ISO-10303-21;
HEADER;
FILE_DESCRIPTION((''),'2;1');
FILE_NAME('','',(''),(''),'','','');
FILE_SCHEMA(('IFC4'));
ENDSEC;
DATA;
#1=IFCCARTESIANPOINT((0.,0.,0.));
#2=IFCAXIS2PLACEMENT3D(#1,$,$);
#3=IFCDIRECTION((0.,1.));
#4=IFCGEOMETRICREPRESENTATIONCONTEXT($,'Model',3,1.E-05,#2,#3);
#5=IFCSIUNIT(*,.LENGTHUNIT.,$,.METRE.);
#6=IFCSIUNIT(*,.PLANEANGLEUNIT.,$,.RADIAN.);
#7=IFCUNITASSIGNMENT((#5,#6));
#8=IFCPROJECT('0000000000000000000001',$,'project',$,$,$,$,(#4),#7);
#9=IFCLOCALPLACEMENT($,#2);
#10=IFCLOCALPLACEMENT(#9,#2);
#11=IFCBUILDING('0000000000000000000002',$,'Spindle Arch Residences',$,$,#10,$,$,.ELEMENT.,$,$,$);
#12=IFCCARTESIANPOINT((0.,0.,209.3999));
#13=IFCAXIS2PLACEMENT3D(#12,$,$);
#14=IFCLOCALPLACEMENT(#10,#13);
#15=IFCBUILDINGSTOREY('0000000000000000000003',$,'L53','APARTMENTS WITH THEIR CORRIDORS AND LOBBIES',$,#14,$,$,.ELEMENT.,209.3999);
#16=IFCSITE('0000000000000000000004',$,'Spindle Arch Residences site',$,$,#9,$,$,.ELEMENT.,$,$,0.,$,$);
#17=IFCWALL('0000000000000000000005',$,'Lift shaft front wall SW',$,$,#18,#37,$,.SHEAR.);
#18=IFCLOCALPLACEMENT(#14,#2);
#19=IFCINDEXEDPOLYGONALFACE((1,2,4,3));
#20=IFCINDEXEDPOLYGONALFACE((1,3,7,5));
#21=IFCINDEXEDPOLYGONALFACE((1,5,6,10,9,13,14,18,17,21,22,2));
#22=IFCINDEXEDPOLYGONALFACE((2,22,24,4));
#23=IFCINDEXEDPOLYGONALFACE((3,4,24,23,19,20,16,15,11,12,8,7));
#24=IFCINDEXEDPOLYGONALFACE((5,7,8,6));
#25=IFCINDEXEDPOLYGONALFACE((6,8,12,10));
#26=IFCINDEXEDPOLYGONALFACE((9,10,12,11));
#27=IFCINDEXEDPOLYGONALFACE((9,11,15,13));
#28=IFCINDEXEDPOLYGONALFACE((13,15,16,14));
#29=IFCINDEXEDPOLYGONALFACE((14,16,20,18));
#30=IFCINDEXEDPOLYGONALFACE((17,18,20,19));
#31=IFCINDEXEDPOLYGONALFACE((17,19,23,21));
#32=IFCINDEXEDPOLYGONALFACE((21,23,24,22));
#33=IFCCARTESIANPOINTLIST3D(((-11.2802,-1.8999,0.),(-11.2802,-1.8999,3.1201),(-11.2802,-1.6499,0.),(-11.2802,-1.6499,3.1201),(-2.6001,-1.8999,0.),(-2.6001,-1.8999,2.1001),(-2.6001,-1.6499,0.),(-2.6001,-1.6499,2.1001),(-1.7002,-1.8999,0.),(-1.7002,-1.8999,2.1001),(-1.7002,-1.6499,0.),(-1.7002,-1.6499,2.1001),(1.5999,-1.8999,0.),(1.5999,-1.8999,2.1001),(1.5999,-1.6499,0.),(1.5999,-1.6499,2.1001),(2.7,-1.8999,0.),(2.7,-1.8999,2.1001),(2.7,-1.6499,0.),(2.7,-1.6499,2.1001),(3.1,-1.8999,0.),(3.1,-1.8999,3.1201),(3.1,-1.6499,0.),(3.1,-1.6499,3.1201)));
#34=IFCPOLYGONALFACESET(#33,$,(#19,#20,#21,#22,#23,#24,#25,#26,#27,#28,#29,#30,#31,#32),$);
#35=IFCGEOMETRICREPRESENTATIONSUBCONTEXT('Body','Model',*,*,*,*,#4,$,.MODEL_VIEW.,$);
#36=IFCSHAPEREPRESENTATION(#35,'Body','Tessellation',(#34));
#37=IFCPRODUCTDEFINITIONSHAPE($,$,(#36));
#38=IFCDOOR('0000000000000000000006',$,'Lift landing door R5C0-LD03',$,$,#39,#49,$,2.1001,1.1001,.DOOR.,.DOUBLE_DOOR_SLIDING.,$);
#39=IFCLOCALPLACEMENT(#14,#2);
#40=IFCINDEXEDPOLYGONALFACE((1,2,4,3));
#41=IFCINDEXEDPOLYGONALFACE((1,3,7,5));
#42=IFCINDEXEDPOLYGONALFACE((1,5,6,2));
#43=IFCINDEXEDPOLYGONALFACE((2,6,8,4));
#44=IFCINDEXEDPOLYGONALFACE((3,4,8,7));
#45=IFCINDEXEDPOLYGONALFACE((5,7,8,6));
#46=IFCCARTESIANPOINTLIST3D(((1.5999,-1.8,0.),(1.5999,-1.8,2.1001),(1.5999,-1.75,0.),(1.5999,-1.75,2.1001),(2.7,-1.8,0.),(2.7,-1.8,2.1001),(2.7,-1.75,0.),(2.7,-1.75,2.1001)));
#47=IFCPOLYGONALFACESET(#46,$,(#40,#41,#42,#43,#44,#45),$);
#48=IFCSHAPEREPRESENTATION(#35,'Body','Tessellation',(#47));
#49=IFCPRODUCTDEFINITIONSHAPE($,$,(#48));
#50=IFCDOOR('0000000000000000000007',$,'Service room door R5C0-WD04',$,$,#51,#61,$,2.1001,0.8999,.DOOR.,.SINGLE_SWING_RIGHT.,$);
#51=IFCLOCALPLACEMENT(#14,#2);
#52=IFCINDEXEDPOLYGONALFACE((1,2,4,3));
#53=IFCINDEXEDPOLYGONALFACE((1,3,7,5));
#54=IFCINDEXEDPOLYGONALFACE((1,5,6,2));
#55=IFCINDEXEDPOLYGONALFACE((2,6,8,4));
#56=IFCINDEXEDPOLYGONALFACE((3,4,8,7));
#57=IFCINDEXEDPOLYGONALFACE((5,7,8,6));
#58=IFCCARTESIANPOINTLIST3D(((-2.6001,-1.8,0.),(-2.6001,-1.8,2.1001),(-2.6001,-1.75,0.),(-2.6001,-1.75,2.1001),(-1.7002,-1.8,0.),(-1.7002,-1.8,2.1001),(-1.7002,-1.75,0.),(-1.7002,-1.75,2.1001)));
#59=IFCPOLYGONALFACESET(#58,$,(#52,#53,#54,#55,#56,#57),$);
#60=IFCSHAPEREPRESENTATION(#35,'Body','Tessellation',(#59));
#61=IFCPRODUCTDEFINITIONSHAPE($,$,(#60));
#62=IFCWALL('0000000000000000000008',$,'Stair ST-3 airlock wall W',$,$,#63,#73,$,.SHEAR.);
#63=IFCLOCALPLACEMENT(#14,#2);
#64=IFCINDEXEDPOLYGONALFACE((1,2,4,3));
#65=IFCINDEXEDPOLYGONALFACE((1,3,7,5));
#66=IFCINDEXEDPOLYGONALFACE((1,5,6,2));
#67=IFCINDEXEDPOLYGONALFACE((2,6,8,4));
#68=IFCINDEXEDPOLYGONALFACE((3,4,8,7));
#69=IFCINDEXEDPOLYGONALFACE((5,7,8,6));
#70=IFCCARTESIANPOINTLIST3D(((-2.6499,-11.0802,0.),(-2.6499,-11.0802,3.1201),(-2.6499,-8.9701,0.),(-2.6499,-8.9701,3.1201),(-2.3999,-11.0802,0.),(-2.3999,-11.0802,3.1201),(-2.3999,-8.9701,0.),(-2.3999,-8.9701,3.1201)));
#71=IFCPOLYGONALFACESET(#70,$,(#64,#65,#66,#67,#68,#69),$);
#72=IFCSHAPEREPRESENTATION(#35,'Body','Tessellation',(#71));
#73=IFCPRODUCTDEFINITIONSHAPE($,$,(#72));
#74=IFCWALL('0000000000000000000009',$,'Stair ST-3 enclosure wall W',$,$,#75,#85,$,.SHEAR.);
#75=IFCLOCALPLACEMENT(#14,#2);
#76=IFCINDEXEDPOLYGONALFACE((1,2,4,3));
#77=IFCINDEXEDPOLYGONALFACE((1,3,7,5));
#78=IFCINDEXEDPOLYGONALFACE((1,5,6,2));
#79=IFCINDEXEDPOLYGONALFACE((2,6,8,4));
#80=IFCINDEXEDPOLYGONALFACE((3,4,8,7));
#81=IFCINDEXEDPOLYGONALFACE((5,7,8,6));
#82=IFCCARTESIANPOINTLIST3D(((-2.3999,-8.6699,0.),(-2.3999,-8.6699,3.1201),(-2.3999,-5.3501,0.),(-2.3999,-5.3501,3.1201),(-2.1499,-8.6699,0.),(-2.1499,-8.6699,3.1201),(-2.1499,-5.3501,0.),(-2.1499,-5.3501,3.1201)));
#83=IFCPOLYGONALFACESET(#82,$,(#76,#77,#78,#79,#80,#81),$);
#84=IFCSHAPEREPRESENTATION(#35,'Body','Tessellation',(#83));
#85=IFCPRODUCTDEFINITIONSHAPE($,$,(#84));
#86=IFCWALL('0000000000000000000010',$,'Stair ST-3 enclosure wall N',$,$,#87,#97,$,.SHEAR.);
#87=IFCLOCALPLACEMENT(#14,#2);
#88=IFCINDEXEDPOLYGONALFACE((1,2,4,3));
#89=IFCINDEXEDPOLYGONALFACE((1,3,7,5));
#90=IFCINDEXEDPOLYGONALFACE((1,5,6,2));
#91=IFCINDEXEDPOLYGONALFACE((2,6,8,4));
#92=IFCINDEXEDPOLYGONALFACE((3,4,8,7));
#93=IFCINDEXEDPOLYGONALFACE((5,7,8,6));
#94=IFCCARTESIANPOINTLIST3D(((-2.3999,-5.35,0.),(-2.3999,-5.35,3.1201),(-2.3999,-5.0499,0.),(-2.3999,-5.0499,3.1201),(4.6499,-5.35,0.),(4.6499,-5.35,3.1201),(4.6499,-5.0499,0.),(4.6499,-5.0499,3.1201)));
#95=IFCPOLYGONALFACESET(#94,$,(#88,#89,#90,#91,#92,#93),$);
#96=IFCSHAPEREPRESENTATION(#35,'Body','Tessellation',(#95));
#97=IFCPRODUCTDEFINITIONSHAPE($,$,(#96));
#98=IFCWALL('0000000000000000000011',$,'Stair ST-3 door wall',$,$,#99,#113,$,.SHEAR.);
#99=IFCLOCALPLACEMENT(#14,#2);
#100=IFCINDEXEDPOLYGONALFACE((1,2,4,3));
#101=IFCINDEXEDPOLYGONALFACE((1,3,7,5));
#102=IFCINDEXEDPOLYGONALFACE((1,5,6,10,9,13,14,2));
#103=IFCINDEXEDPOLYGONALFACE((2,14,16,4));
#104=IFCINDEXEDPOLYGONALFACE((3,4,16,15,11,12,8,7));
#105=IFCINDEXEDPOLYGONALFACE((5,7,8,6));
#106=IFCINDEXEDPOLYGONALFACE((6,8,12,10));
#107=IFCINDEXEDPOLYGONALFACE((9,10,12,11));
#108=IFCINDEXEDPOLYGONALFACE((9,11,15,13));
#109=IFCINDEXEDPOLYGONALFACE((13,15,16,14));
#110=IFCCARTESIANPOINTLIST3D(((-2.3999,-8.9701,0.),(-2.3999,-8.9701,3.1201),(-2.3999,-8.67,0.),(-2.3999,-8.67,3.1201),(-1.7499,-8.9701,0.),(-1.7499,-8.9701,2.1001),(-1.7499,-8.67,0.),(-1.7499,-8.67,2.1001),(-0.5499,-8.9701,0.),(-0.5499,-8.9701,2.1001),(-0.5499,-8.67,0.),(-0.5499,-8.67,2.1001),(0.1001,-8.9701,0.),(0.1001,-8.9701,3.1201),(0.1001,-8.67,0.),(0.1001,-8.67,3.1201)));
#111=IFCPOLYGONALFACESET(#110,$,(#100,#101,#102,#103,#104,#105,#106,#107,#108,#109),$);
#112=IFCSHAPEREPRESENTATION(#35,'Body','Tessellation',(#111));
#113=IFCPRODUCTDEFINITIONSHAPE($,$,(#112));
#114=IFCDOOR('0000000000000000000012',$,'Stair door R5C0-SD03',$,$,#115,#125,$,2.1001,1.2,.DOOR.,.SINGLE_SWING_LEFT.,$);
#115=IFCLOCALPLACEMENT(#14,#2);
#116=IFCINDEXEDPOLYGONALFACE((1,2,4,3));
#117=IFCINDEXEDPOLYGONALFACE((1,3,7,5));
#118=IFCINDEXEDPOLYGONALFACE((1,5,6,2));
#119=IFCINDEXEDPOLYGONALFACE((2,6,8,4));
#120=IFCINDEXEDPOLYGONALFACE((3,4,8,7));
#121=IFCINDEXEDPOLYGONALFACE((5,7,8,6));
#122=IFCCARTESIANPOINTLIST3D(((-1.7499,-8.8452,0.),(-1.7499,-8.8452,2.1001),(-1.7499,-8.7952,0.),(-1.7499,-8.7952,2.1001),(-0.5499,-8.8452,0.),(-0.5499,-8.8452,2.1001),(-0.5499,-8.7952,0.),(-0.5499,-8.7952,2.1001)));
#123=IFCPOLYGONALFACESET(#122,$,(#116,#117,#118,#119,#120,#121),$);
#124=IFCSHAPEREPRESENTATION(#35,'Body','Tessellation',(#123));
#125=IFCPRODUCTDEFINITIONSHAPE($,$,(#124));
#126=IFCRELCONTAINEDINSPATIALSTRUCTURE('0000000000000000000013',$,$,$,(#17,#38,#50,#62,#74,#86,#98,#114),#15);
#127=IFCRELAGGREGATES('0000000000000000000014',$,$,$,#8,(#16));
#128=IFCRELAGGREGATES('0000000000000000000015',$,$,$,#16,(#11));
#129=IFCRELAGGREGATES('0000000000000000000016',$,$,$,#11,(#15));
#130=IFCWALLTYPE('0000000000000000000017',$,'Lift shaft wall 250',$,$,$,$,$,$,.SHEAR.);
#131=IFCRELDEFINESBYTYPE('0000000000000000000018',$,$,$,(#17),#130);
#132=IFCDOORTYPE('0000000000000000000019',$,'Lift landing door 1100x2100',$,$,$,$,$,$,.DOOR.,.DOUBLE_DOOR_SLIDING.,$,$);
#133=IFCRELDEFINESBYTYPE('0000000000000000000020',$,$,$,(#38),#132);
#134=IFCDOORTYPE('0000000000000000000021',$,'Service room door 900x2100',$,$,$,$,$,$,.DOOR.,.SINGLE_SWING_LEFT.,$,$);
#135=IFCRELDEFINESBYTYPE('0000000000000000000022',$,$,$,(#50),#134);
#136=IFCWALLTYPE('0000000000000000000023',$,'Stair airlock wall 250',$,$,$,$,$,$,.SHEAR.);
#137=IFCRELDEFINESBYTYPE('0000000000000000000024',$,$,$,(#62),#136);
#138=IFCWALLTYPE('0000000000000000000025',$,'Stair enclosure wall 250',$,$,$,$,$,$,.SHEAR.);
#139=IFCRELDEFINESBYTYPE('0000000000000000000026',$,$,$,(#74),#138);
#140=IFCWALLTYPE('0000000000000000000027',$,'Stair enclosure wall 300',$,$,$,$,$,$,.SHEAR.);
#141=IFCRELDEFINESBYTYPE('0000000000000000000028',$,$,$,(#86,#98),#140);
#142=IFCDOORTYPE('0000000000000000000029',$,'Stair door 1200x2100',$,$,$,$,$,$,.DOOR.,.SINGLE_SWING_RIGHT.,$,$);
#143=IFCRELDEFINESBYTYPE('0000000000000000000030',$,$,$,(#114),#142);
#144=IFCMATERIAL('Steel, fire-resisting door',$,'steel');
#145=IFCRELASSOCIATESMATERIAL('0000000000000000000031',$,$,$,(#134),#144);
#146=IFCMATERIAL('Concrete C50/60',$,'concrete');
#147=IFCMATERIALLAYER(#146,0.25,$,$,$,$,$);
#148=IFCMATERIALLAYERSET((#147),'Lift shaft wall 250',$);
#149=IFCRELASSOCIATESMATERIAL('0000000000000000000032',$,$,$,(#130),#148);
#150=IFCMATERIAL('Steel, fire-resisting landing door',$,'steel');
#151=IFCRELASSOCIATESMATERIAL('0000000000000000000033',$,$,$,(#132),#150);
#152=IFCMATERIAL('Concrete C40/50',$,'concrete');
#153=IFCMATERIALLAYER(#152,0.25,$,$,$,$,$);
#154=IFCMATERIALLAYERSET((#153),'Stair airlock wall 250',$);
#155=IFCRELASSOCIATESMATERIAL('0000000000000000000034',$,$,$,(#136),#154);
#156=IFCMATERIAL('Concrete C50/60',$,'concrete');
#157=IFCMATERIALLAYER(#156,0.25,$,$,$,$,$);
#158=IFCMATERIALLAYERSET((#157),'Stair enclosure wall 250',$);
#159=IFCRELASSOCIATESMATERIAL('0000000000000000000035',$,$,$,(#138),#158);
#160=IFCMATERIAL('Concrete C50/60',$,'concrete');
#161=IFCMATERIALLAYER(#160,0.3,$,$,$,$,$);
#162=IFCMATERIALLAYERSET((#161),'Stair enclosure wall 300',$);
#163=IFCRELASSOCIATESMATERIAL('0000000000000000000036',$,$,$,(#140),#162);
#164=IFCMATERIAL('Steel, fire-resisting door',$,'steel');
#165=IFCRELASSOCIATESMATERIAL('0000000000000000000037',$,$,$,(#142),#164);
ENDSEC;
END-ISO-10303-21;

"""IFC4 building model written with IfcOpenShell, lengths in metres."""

from ifc_helpers import new_model, si_unit, direction, frame, frame_2d, origin, place, context, subcontext, project, spatial, rectangle, extrude, material, layer, layer_set, type_object, element, fill, save


model = new_model("IFC4")

# Units and contexts
model_context = context("Model", 3, precision=1e-05, world=origin(), true_north=direction((0.0, 1.0)))
body_context = subcontext(model_context, "Body", "Model", "MODEL_VIEW")
ifc_project = project(units=[si_unit("LENGTHUNIT", "METRE"), si_unit("PLANEANGLEUNIT", "RADIAN")], contexts=[model_context])

# Site, building, storey
site_placement = place(None, origin())
site = spatial("IfcSite", under=ifc_project, at=site_placement, Name="Spindle Arch Residences site", CompositionType="ELEMENT", RefElevation=0.0)
building_placement = place(site_placement, origin())
building = spatial("IfcBuilding", under=site, at=building_placement, Name="Spindle Arch Residences", CompositionType="ELEMENT")
storey_placement = place(building_placement, frame((0.0, 0.0, 209.3999)))
storey = spatial("IfcBuildingStorey", under=building, at=storey_placement, Name="L53", Description="APARTMENTS WITH THEIR CORRIDORS AND LOBBIES", CompositionType="ELEMENT", Elevation=209.3999)

# Shared definitions
ifc_material_1 = material(Name="Steel, fire-resisting door", Category="steel")
door_type_1 = type_object("IfcDoorType", Name="Service room door 900x2100", OperationType="SINGLE_SWING_LEFT", PredefinedType="DOOR", material=ifc_material_1)

# Wall, openings, doors
ifc_material_2 = material(Name="Concrete C50/60", Category="concrete")
ifc_layer_1 = layer(ifc_material_2, 0.25)
ifc_layer_set_1 = layer_set([ifc_layer_1], Name="Lift shaft wall 250")
wall_type_1 = type_object("IfcWallType", Name="Lift shaft wall 250", PredefinedType="SHEAR", material=ifc_layer_set_1)
wall_1_placement = place(storey_placement, frame((-11.28, -1.7749, 0.0), z_axis=(0.0, 0.0, 1.0), x_axis=(1.0, 0.0, 0.0)))
wall_1 = element("IfcWall", 1, at=wall_1_placement, inside=storey, type_object=wall_type_1, Name="Lift shaft front wall SW", PredefinedType="SHEAR", context=body_context, shape_type="SweptSolid", body=[
    extrude(rectangle(XDim=14.3801, YDim=0.25, at=frame_2d((7.1899, 0.0))), origin(), (0.0, 0.0, 1.0), 3.1201),
])
opening_1_placement = place(wall_1_placement, frame((12.8799, 0.0, 0.0)))
opening_1 = element("IfcOpeningElement", 2, at=opening_1_placement, cuts=wall_1, PredefinedType="OPENING", context=body_context, shape_type="SweptSolid", body=[
    extrude(rectangle(XDim=1.1001, YDim=2.1001, at=frame_2d((0.55, 1.05))), frame((0.0, 0.135, 0.0), z_axis=(0.0, -1.0, 0.0), x_axis=(1.0, 0.0, 0.0)), (0.0, 0.0, 1.0), 0.27),
])
opening_2_placement = place(wall_1_placement, frame((8.6799, 0.0, 0.0)))
opening_2 = element("IfcOpeningElement", 3, at=opening_2_placement, cuts=wall_1, PredefinedType="OPENING", context=body_context, shape_type="SweptSolid", body=[
    extrude(rectangle(XDim=0.8999, YDim=2.1001, at=frame_2d((0.45, 1.05))), frame((0.0, 0.135, 0.0), z_axis=(0.0, -1.0, 0.0), x_axis=(1.0, 0.0, 0.0)), (0.0, 0.0, 1.0), 0.27),
])
ifc_material_3 = material(Name="Steel, fire-resisting landing door", Category="steel")
door_type_2 = type_object("IfcDoorType", Name="Lift landing door 1100x2100", OperationType="DOUBLE_DOOR_SLIDING", PredefinedType="DOOR", material=ifc_material_3)
door_1_placement = place(opening_1_placement, origin())
door_1 = element("IfcDoor", 4, at=door_1_placement, inside=storey, type_object=door_type_2, Name="Lift landing door R5C0-LD03", OperationType="DOUBLE_DOOR_SLIDING", OverallHeight=2.1001, OverallWidth=1.1001, PredefinedType="DOOR", context=body_context, shape_type="SweptSolid", body=[
    extrude(rectangle(XDim=1.1001, YDim=2.1001, at=frame_2d((0.55, 1.05))), frame((0.0, 0.0249, 0.0), z_axis=(0.0, -1.0, 0.0), x_axis=(1.0, 0.0, 0.0)), (0.0, 0.0, 1.0), 0.05),
])
fill(opening_1, door_1)
door_2_placement = place(opening_2_placement, origin())
door_2 = element("IfcDoor", 5, at=door_2_placement, inside=storey, type_object=door_type_1, Name="Service room door R5C0-WD04", OperationType="SINGLE_SWING_RIGHT", OverallHeight=2.1001, OverallWidth=0.8999, PredefinedType="DOOR", context=body_context, shape_type="SweptSolid", body=[
    extrude(rectangle(XDim=0.8999, YDim=2.1001, at=frame_2d((0.45, 1.05))), frame((0.0, 0.0249, 0.0), z_axis=(0.0, -1.0, 0.0), x_axis=(1.0, 0.0, 0.0)), (0.0, 0.0, 1.0), 0.05),
])
fill(opening_2, door_2)

# Walls
ifc_material_4 = material(Name="Concrete C40/50", Category="concrete")
ifc_layer_2 = layer(ifc_material_4, 0.25)
ifc_layer_set_2 = layer_set([ifc_layer_2], Name="Stair airlock wall 250")
wall_type_2 = type_object("IfcWallType", Name="Stair airlock wall 250", PredefinedType="SHEAR", material=ifc_layer_set_2)
wall_2_placement = place(storey_placement, frame((-2.5249, -8.97, 0.0), z_axis=(0.0, 0.0, 1.0), x_axis=(0.0, -1.0, 0.0)))
element("IfcWall", 6, at=wall_2_placement, inside=storey, type_object=wall_type_2, Name="Stair ST-3 airlock wall W", PredefinedType="SHEAR", context=body_context, shape_type="SweptSolid", body=[
    extrude(rectangle(XDim=2.1101, YDim=0.25, at=frame_2d((1.0552, 0.0))), origin(), (0.0, 0.0, 1.0), 3.1201),
])
ifc_material_5 = material(Name="Concrete C50/60", Category="concrete")
ifc_layer_3 = layer(ifc_material_5, 0.25)
ifc_layer_set_3 = layer_set([ifc_layer_3], Name="Stair enclosure wall 250")
wall_type_3 = type_object("IfcWallType", Name="Stair enclosure wall 250", PredefinedType="SHEAR", material=ifc_layer_set_3)
wall_3_placement = place(storey_placement, frame((-2.2749, -8.6699, 0.0), z_axis=(0.0, 0.0, 1.0), x_axis=(0.0, 1.0, 0.0)))
element("IfcWall", 7, at=wall_3_placement, inside=storey, type_object=wall_type_3, Name="Stair ST-3 enclosure wall W", PredefinedType="SHEAR", context=body_context, shape_type="SweptSolid", body=[
    extrude(rectangle(XDim=3.3198, YDim=0.25, at=frame_2d((1.6599, 0.0))), origin(), (0.0, 0.0, 1.0), 3.1201),
])
ifc_material_6 = material(Name="Concrete C50/60", Category="concrete")
ifc_layer_4 = layer(ifc_material_6, 0.3)
ifc_layer_set_4 = layer_set([ifc_layer_4], Name="Stair enclosure wall 300")
wall_type_4 = type_object("IfcWallType", Name="Stair enclosure wall 300", PredefinedType="SHEAR", material=ifc_layer_set_4)
wall_4_placement = place(storey_placement, frame((-2.3999, -5.2, 0.0), z_axis=(0.0, 0.0, 1.0), x_axis=(1.0, 0.0, 0.0)))
element("IfcWall", 8, at=wall_4_placement, inside=storey, type_object=wall_type_4, Name="Stair ST-3 enclosure wall N", PredefinedType="SHEAR", context=body_context, shape_type="SweptSolid", body=[
    extrude(rectangle(XDim=7.0498, YDim=0.3, at=frame_2d((3.5249, 0.0))), origin(), (0.0, 0.0, 1.0), 3.1201),
])

# Wall, opening, door
wall_5_placement = place(storey_placement, frame((-2.3999, -8.8201, 0.0), z_axis=(0.0, 0.0, 1.0), x_axis=(1.0, 0.0, 0.0)))
wall_5 = element("IfcWall", 9, at=wall_5_placement, inside=storey, type_object=wall_type_4, Name="Stair ST-3 door wall", PredefinedType="SHEAR", context=body_context, shape_type="SweptSolid", body=[
    extrude(rectangle(XDim=2.5, YDim=0.3, at=frame_2d((1.25, 0.0))), origin(), (0.0, 0.0, 1.0), 3.1201),
])
opening_3_placement = place(wall_5_placement, frame((0.6499, 0.0, 0.0)))
opening_3 = element("IfcOpeningElement", 10, at=opening_3_placement, cuts=wall_5, PredefinedType="OPENING", context=body_context, shape_type="SweptSolid", body=[
    extrude(rectangle(XDim=1.2, YDim=2.1001, at=frame_2d((0.6001, 1.05))), frame((0.0, 0.1602, 0.0), z_axis=(0.0, -1.0, 0.0), x_axis=(1.0, 0.0, 0.0)), (0.0, 0.0, 1.0), 0.3201),
])
ifc_material_7 = material(Name="Steel, fire-resisting door", Category="steel")
door_type_3 = type_object("IfcDoorType", Name="Stair door 1200x2100", OperationType="SINGLE_SWING_RIGHT", PredefinedType="DOOR", material=ifc_material_7)
door_3_placement = place(opening_3_placement, origin())
door_3 = element("IfcDoor", 11, at=door_3_placement, inside=storey, type_object=door_type_3, Name="Stair door R5C0-SD03", OperationType="SINGLE_SWING_LEFT", OverallHeight=2.1001, OverallWidth=1.2, PredefinedType="DOOR", context=body_context, shape_type="SweptSolid", body=[
    extrude(rectangle(XDim=1.2, YDim=2.1001, at=frame_2d((0.6001, 1.05))), frame((0.0, 0.0249, 0.0), z_axis=(0.0, -1.0, 0.0), x_axis=(1.0, 0.0, 0.0)), (0.0, 0.0, 1.0), 0.05),
])
fill(opening_3, door_3)

save(model, "model.ifc")
